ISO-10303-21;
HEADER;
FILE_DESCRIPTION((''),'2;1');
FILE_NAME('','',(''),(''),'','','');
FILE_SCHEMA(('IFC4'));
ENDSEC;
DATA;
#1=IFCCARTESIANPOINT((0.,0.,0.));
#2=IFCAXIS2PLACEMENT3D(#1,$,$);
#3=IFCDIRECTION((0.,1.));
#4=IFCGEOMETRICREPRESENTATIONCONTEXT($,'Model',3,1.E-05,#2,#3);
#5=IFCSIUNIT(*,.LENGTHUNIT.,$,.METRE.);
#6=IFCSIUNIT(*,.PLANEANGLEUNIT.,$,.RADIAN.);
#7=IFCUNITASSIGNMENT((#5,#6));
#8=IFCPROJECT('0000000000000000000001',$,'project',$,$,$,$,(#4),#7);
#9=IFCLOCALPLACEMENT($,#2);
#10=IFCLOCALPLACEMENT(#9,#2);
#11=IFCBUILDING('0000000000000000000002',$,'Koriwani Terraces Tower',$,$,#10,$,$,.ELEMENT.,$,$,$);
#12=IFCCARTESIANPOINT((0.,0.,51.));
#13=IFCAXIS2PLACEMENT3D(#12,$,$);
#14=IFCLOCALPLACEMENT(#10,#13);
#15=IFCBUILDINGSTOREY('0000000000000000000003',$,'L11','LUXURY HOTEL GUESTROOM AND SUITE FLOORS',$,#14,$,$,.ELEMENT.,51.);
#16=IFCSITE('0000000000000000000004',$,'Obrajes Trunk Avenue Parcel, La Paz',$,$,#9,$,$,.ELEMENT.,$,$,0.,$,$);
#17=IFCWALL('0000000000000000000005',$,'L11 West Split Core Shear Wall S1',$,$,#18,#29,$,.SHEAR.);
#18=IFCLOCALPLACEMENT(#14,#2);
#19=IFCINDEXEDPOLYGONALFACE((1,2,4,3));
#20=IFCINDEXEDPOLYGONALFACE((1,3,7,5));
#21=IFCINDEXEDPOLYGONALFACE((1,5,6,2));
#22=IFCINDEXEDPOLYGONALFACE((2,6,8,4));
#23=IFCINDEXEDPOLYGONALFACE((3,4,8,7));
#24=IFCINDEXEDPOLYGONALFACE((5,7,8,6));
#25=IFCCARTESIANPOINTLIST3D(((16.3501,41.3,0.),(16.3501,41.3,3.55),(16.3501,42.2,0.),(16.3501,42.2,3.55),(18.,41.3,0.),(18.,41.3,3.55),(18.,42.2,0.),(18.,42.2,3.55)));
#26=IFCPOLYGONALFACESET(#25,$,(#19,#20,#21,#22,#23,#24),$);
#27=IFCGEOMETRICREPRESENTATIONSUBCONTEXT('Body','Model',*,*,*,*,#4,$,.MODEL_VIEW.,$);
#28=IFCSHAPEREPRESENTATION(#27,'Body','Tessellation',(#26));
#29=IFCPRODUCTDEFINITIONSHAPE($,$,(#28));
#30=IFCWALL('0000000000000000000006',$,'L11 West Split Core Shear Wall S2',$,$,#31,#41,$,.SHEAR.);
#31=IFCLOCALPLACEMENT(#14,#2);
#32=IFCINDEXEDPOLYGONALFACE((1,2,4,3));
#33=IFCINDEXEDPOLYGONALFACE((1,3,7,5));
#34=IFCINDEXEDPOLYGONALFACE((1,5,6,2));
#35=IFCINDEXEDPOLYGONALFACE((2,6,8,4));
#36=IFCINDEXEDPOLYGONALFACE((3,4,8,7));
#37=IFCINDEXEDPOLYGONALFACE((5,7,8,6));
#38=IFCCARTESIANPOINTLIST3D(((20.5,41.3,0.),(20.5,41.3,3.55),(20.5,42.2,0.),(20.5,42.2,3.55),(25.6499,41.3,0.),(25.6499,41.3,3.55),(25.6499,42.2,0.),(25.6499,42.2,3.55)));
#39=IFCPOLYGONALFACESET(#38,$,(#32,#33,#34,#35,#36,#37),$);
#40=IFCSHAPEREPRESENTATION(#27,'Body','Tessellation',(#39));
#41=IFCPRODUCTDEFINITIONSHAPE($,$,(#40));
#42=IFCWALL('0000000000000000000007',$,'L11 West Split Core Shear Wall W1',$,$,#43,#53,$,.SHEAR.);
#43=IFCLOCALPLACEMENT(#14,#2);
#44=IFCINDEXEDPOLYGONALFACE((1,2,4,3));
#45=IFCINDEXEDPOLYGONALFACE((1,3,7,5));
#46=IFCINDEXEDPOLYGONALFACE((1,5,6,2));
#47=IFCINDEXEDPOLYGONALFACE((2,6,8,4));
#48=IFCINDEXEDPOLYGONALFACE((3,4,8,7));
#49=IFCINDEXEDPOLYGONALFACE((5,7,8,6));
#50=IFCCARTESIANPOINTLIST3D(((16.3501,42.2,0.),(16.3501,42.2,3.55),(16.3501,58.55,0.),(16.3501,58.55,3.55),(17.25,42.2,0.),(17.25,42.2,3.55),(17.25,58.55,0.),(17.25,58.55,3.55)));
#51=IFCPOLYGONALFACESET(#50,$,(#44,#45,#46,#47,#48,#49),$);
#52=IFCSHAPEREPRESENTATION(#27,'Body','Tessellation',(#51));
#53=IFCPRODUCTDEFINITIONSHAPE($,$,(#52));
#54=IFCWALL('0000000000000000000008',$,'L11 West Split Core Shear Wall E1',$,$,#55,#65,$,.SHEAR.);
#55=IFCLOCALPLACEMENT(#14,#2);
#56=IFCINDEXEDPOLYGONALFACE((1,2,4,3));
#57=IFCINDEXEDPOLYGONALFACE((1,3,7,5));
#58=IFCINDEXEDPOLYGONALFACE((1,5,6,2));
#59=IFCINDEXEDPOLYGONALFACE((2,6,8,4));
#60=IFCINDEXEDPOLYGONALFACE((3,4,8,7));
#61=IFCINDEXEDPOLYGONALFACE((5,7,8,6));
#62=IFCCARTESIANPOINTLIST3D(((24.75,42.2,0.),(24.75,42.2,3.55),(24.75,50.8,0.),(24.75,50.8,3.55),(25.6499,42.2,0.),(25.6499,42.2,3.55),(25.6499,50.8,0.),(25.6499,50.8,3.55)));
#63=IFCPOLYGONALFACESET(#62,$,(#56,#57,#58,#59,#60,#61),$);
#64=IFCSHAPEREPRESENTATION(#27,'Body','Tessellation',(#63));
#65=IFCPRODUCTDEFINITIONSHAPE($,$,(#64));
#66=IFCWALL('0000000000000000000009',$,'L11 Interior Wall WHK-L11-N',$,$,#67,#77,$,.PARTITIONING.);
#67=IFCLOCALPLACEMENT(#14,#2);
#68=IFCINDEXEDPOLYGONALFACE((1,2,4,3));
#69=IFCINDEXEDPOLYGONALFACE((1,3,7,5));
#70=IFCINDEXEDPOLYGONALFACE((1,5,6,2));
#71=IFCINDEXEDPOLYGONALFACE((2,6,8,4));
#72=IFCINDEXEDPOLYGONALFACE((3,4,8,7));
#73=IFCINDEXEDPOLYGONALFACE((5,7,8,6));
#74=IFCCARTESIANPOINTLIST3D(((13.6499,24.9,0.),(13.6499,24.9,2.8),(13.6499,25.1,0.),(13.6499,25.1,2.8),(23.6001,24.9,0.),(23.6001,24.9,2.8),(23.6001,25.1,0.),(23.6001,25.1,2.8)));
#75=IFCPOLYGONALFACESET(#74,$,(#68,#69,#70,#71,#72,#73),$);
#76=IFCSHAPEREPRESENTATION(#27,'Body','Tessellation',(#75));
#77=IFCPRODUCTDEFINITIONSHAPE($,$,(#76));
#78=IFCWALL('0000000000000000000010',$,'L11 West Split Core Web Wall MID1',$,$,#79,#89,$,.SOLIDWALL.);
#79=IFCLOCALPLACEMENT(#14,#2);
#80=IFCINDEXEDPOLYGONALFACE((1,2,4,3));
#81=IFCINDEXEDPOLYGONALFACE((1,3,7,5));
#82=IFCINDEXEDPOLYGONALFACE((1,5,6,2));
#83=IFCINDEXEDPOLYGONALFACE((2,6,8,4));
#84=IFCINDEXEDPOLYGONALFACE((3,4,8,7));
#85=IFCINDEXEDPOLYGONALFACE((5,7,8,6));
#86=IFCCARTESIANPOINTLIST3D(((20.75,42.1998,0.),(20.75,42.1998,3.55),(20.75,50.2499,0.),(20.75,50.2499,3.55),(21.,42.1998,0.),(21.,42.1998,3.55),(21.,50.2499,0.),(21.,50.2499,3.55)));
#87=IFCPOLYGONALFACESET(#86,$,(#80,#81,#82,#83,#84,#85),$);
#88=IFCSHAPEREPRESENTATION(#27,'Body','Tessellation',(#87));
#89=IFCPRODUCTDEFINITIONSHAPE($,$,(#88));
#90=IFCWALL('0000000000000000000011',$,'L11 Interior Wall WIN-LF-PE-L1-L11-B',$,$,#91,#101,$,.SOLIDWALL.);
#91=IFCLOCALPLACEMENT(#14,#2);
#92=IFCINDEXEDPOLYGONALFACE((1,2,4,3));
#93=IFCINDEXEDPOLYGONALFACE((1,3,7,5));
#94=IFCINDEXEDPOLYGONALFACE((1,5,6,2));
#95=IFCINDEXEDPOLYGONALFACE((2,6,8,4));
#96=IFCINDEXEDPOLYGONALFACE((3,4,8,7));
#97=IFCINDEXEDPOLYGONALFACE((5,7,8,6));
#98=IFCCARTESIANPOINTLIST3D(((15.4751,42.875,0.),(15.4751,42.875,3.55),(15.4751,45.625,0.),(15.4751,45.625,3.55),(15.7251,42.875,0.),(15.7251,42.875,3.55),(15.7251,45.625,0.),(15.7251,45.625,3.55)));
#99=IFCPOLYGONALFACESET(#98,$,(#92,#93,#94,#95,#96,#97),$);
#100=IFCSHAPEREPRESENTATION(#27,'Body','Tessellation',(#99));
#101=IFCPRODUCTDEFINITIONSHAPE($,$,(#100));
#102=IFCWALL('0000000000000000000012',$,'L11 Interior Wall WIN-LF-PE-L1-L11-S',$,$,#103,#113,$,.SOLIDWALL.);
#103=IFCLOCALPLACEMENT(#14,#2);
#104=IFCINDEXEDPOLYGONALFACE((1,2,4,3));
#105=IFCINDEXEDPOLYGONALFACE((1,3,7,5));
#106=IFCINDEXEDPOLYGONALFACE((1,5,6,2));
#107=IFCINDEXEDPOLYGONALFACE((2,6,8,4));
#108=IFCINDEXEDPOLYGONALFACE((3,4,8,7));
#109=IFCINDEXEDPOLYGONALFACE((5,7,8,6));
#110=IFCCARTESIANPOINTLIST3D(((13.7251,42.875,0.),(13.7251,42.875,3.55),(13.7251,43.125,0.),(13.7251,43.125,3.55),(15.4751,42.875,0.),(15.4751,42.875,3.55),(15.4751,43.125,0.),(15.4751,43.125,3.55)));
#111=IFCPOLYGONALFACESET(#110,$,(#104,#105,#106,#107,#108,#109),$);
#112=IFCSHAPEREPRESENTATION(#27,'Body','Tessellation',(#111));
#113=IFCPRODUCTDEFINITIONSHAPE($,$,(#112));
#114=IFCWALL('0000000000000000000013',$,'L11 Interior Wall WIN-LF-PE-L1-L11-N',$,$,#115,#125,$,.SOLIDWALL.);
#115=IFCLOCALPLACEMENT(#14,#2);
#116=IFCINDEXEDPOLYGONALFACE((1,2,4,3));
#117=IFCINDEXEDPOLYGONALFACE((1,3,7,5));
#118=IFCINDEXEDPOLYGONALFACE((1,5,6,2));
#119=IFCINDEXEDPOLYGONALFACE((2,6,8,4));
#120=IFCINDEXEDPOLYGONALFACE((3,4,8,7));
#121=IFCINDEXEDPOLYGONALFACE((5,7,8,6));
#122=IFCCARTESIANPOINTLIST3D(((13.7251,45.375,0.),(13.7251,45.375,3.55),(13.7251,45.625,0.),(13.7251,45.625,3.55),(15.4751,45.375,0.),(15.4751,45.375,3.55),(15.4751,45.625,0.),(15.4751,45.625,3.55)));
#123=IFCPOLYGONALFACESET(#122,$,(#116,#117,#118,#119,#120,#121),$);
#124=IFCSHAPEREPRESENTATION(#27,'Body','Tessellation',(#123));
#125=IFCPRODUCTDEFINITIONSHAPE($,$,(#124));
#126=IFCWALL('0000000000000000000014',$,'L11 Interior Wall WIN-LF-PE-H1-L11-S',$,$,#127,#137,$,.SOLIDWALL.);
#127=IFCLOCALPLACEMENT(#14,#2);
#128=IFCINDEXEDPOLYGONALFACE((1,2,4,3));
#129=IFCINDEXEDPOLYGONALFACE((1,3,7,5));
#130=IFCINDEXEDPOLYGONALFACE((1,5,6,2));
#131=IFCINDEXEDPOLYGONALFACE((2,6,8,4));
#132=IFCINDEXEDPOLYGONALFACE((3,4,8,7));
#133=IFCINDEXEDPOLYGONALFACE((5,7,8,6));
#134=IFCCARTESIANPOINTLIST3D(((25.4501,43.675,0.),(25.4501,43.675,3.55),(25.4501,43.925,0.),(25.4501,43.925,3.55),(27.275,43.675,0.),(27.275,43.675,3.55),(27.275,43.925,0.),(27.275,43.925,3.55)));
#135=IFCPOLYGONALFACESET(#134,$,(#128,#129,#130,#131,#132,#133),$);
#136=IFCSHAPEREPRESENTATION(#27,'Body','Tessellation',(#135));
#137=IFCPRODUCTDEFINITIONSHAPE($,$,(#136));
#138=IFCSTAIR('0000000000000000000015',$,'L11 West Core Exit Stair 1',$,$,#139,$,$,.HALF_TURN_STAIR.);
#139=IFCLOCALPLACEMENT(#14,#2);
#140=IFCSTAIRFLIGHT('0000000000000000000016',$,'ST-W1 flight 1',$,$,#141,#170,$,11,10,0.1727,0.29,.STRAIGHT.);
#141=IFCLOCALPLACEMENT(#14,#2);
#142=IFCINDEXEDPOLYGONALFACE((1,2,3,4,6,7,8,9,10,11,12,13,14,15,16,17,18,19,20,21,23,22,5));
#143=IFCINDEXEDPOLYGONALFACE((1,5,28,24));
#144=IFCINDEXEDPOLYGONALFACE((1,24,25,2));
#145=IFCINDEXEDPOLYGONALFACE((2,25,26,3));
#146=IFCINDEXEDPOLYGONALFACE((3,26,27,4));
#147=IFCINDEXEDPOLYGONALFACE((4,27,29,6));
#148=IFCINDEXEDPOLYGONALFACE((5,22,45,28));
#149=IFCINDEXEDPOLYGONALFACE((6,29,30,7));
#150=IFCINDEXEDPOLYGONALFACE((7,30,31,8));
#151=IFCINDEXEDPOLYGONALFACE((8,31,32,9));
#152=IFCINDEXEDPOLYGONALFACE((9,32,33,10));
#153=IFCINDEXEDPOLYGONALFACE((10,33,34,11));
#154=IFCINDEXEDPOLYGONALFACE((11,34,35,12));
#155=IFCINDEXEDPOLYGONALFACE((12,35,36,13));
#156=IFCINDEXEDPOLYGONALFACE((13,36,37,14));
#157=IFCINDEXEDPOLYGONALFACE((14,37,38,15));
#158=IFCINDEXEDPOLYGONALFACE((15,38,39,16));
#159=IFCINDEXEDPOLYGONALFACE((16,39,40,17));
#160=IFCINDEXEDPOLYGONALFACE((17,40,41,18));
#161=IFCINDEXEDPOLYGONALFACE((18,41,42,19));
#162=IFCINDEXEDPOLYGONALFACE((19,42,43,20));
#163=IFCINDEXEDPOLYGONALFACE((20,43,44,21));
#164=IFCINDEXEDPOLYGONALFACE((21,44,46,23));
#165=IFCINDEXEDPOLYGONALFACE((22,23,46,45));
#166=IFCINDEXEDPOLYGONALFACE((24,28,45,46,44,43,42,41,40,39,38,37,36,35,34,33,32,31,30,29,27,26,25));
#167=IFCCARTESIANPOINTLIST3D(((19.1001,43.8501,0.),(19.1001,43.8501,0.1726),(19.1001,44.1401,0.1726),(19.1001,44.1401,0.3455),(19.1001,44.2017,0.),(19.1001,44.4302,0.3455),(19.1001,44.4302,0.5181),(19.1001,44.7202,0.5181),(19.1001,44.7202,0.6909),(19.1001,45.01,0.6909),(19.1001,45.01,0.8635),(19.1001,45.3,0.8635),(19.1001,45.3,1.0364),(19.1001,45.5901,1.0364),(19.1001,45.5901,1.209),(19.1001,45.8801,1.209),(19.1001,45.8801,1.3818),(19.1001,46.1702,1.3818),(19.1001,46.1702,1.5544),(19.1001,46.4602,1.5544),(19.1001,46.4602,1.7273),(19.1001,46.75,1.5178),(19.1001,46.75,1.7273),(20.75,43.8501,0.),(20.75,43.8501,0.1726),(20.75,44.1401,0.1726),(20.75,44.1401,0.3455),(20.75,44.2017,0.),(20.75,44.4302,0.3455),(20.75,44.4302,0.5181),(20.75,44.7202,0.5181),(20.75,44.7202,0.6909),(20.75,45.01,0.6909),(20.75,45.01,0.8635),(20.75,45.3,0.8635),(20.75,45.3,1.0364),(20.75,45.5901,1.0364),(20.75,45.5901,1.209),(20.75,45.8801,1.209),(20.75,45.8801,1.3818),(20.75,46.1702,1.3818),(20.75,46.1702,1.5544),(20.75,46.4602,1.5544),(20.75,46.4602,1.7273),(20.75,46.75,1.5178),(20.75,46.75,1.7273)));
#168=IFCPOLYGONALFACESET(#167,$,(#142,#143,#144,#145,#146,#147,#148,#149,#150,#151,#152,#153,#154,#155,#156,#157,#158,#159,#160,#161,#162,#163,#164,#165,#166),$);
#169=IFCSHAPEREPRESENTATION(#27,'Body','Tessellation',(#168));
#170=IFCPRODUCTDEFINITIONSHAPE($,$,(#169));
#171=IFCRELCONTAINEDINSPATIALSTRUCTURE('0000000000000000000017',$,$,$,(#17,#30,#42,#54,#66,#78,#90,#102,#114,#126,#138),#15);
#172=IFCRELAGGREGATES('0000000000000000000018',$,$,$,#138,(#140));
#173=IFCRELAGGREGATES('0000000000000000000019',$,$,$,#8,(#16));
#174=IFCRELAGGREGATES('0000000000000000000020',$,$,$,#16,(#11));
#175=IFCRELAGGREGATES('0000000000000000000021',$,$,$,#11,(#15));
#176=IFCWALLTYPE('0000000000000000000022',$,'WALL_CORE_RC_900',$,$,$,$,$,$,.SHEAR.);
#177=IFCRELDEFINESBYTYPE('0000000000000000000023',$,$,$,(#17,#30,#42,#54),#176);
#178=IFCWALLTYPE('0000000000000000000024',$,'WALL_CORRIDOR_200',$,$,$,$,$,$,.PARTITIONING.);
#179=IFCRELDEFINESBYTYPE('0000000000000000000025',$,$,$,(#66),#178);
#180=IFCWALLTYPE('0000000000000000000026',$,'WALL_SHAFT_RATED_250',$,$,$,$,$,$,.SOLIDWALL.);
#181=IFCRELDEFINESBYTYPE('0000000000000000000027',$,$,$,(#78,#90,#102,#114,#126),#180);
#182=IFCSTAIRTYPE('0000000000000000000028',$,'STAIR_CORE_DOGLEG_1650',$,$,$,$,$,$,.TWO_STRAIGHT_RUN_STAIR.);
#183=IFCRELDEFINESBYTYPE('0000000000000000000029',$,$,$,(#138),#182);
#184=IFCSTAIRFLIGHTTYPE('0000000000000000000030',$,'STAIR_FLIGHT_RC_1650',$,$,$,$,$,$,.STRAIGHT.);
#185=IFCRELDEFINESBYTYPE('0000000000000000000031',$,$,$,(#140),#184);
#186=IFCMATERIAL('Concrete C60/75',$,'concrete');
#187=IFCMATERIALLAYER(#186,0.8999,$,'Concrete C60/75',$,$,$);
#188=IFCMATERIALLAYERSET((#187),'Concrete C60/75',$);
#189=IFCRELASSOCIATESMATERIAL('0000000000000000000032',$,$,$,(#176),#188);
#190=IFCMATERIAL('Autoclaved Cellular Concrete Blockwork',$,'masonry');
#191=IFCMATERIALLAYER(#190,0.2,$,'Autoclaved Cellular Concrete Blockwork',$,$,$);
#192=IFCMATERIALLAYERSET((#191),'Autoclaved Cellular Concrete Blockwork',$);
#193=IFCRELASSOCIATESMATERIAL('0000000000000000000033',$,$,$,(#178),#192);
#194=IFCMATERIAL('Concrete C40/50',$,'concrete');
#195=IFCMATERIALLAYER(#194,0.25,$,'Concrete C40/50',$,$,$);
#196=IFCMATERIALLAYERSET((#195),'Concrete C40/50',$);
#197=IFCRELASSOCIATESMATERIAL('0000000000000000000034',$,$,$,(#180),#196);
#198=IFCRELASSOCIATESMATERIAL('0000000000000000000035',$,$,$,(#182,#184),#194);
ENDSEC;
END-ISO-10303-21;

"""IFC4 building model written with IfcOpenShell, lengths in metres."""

from ifc_helpers import new_model, si_unit, direction, frame, frame_2d, origin, place, context, subcontext, project, spatial, polyline, rectangle, outline, extrude, material, layer, layer_set, type_object, element, aggregate, save


model = new_model("IFC4")

# Units and contexts
model_context = context("Model", 3, precision=1e-05, world=origin(), true_north=direction((0.0, 1.0)))
body_context = subcontext(model_context, "Body", "Model", "MODEL_VIEW")
ifc_project = project(units=[si_unit("LENGTHUNIT", "METRE"), si_unit("PLANEANGLEUNIT", "RADIAN")], contexts=[model_context])

# Site, building, storey
site_placement = place(None, origin())
site = spatial("IfcSite", under=ifc_project, at=site_placement, Name="Obrajes Trunk Avenue Parcel, La Paz", CompositionType="ELEMENT", RefElevation=0.0)
building_placement = place(site_placement, origin())
building = spatial("IfcBuilding", under=site, at=building_placement, Name="Koriwani Terraces Tower", CompositionType="ELEMENT")
storey_placement = place(building_placement, frame((0.0, 0.0, 51.0)))
storey = spatial("IfcBuildingStorey", under=building, at=storey_placement, Name="L11", Description="LUXURY HOTEL GUESTROOM AND SUITE FLOORS", CompositionType="ELEMENT", Elevation=51.0)

# Shared definitions
ifc_material_1 = material(Name="Concrete C60/75", Category="concrete")

# Shared definitions
ifc_material_2 = material(Name="Concrete C40/50", Category="concrete")

# Walls
ifc_layer_1 = layer(ifc_material_1, 0.8999, Name="Concrete C60/75")
ifc_layer_set_1 = layer_set([ifc_layer_1], Name="Concrete C60/75")
wall_type_1 = type_object("IfcWallType", Name="WALL_CORE_RC_900", PredefinedType="SHEAR", material=ifc_layer_set_1)
wall_1_placement = place(storey_placement, frame((16.3501, 41.75, 0.0), z_axis=(0.0, 0.0, 1.0), x_axis=(1.0, 0.0, 0.0)))
element("IfcWall", 1, at=wall_1_placement, inside=storey, type_object=wall_type_1, Name="L11 West Split Core Shear Wall S1", PredefinedType="SHEAR", context=body_context, shape_type="SweptSolid", body=[
    extrude(rectangle(XDim=1.6499, YDim=0.8999, at=frame_2d((0.825, 0.0))), origin(), (0.0, 0.0, 1.0), 3.55),
])
wall_2_placement = place(storey_placement, frame((20.5, 41.75, 0.0), z_axis=(0.0, 0.0, 1.0), x_axis=(1.0, 0.0, 0.0)))
element("IfcWall", 2, at=wall_2_placement, inside=storey, type_object=wall_type_1, Name="L11 West Split Core Shear Wall S2", PredefinedType="SHEAR", context=body_context, shape_type="SweptSolid", body=[
    extrude(rectangle(XDim=5.1499, YDim=0.8999, at=frame_2d((2.575, 0.0))), origin(), (0.0, 0.0, 1.0), 3.55),
])
wall_3_placement = place(storey_placement, frame((16.8, 42.2, 0.0), z_axis=(0.0, 0.0, 1.0), x_axis=(0.0, 1.0, 0.0)))
element("IfcWall", 3, at=wall_3_placement, inside=storey, type_object=wall_type_1, Name="L11 West Split Core Shear Wall W1", PredefinedType="SHEAR", context=body_context, shape_type="SweptSolid", body=[
    extrude(rectangle(XDim=16.3501, YDim=0.8999, at=frame_2d((8.175, 0.0))), origin(), (0.0, 0.0, 1.0), 3.55),
])
wall_4_placement = place(storey_placement, frame((25.2, 42.2, 0.0), z_axis=(0.0, 0.0, 1.0), x_axis=(0.0, 1.0, 0.0)))
element("IfcWall", 4, at=wall_4_placement, inside=storey, type_object=wall_type_1, Name="L11 West Split Core Shear Wall E1", PredefinedType="SHEAR", context=body_context, shape_type="SweptSolid", body=[
    extrude(rectangle(XDim=8.6001, YDim=0.8999, at=frame_2d((4.3, 0.0))), origin(), (0.0, 0.0, 1.0), 3.55),
])
ifc_material_3 = material(Name="Autoclaved Cellular Concrete Blockwork", Category="masonry")
ifc_layer_2 = layer(ifc_material_3, 0.2, Name="Autoclaved Cellular Concrete Blockwork")
ifc_layer_set_2 = layer_set([ifc_layer_2], Name="Autoclaved Cellular Concrete Blockwork")
wall_type_2 = type_object("IfcWallType", Name="WALL_CORRIDOR_200", PredefinedType="PARTITIONING", material=ifc_layer_set_2)
wall_5_placement = place(storey_placement, frame((13.6499, 25.0, 0.0), z_axis=(0.0, 0.0, 1.0), x_axis=(1.0, 0.0, 0.0)))
element("IfcWall", 5, at=wall_5_placement, inside=storey, type_object=wall_type_2, Name="L11 Interior Wall WHK-L11-N", PredefinedType="PARTITIONING", context=body_context, shape_type="SweptSolid", body=[
    extrude(rectangle(XDim=9.9502, YDim=0.2, at=frame_2d((4.9751, 0.0))), origin(), (0.0, 0.0, 1.0), 2.8),
])
ifc_layer_3 = layer(ifc_material_2, 0.25, Name="Concrete C40/50")
ifc_layer_set_3 = layer_set([ifc_layer_3], Name="Concrete C40/50")
wall_type_3 = type_object("IfcWallType", Name="WALL_SHAFT_RATED_250", PredefinedType="SOLIDWALL", material=ifc_layer_set_3)
wall_6_placement = place(storey_placement, frame((20.875, 42.2, 0.0), z_axis=(0.0, 0.0, 1.0), x_axis=(0.0, 1.0, 0.0)))
element("IfcWall", 6, at=wall_6_placement, inside=storey, type_object=wall_type_3, Name="L11 West Split Core Web Wall MID1", PredefinedType="SOLIDWALL", context=body_context, shape_type="SweptSolid", body=[
    extrude(rectangle(XDim=8.05, YDim=0.25, at=frame_2d((4.0249, 0.0))), origin(), (0.0, 0.0, 1.0), 3.55),
])

# Walls
wall_7_placement = place(storey_placement, frame((15.6001, 42.875, 0.0), z_axis=(0.0, 0.0, 1.0), x_axis=(0.0, 1.0, 0.0)))
element("IfcWall", 7, at=wall_7_placement, inside=storey, type_object=wall_type_3, Name="L11 Interior Wall WIN-LF-PE-L1-L11-B", PredefinedType="SOLIDWALL", context=body_context, shape_type="SweptSolid", body=[
    extrude(rectangle(XDim=2.75, YDim=0.25, at=frame_2d((1.375, 0.0))), origin(), (0.0, 0.0, 1.0), 3.55),
])
for number, where, z_axis, x_axis, name in (
    (8, (13.7251, 43.0, 0.0), (0.0, 0.0, 1.0), (1.0, 0.0, 0.0), "L11 Interior Wall WIN-LF-PE-L1-L11-S"),
    (9, (13.7251, 45.5, 0.0), (0.0, 0.0, 1.0), (1.0, 0.0, 0.0), "L11 Interior Wall WIN-LF-PE-L1-L11-N"),
):
    element("IfcWall", number, at=place(storey_placement, frame(where, z_axis=z_axis, x_axis=x_axis)), inside=storey, type_object=wall_type_3, Name=name, PredefinedType="SOLIDWALL", context=body_context, shape_type="SweptSolid", body=[
        extrude(rectangle(XDim=1.75, YDim=0.25, at=frame_2d((0.875, 0.0))), origin(), (0.0, 0.0, 1.0), 3.55),
    ])
wall_8_placement = place(storey_placement, frame((25.45, 43.8, 0.0), z_axis=(0.0, 0.0, 1.0), x_axis=(1.0, 0.0, 0.0)))
element("IfcWall", 10, at=wall_8_placement, inside=storey, type_object=wall_type_3, Name="L11 Interior Wall WIN-LF-PE-H1-L11-S", PredefinedType="SOLIDWALL", context=body_context, shape_type="SweptSolid", body=[
    extrude(rectangle(XDim=1.825, YDim=0.25, at=frame_2d((0.9126, 0.0))), origin(), (0.0, 0.0, 1.0), 3.55),
])

# Stair, stair flight
stair_type = type_object("IfcStairType", Name="STAIR_CORE_DOGLEG_1650", PredefinedType="TWO_STRAIGHT_RUN_STAIR", material=ifc_material_2)
stair_placement = place(storey_placement, origin())
stair = element("IfcStair", 11, at=stair_placement, inside=storey, type_object=stair_type, Name="L11 West Core Exit Stair 1", PredefinedType="HALF_TURN_STAIR")
stair_flight_type = type_object("IfcStairFlightType", Name="STAIR_FLIGHT_RC_1650", PredefinedType="STRAIGHT", material=ifc_material_2)
stair_flight_placement = place(storey_placement, frame((19.925, 43.8501, 0.0), z_axis=(0.0, 0.0, 1.0), x_axis=(0.0, 1.0, 0.0)))
stair_flight = element("IfcStairFlight", 12, at=stair_flight_placement, type_object=stair_flight_type, Name="ST-W1 flight 1", NumberOfRisers=11, NumberOfTreads=10, PredefinedType="STRAIGHT", RiserHeight=0.1727, TreadLength=0.29, context=body_context, shape_type="SweptSolid", body=[
    extrude(outline(polyline([(0.0, 0.0), (0.0, 0.1726), (0.29, 0.1726), (0.29, 0.3455), (0.5801, 0.3455), (0.5801, 0.5181), (0.8701, 0.5181), (0.8701, 0.6909), (1.1599, 0.6909), (1.1599, 0.8635), (1.45, 0.8635), (1.45, 1.0364), (1.74, 1.0364), (1.74, 1.209), (2.03, 1.209), (2.03, 1.3818), (2.3201, 1.3818), (2.3201, 1.5544), (2.6101, 1.5544), (2.6101, 1.7273), (2.8999, 1.7273), (2.8999, 1.8999), (2.8999, 1.5178), (0.3516, 0.0), (0.0, 0.0)])), frame((0.0, 0.825, 0.0), z_axis=(0.0, -1.0, 0.0), x_axis=(1.0, 0.0, 0.0)), (0.0, 0.0, 1.0), 1.6499),
])
aggregate(stair, [stair_flight])

save(model, "model.ifc")
